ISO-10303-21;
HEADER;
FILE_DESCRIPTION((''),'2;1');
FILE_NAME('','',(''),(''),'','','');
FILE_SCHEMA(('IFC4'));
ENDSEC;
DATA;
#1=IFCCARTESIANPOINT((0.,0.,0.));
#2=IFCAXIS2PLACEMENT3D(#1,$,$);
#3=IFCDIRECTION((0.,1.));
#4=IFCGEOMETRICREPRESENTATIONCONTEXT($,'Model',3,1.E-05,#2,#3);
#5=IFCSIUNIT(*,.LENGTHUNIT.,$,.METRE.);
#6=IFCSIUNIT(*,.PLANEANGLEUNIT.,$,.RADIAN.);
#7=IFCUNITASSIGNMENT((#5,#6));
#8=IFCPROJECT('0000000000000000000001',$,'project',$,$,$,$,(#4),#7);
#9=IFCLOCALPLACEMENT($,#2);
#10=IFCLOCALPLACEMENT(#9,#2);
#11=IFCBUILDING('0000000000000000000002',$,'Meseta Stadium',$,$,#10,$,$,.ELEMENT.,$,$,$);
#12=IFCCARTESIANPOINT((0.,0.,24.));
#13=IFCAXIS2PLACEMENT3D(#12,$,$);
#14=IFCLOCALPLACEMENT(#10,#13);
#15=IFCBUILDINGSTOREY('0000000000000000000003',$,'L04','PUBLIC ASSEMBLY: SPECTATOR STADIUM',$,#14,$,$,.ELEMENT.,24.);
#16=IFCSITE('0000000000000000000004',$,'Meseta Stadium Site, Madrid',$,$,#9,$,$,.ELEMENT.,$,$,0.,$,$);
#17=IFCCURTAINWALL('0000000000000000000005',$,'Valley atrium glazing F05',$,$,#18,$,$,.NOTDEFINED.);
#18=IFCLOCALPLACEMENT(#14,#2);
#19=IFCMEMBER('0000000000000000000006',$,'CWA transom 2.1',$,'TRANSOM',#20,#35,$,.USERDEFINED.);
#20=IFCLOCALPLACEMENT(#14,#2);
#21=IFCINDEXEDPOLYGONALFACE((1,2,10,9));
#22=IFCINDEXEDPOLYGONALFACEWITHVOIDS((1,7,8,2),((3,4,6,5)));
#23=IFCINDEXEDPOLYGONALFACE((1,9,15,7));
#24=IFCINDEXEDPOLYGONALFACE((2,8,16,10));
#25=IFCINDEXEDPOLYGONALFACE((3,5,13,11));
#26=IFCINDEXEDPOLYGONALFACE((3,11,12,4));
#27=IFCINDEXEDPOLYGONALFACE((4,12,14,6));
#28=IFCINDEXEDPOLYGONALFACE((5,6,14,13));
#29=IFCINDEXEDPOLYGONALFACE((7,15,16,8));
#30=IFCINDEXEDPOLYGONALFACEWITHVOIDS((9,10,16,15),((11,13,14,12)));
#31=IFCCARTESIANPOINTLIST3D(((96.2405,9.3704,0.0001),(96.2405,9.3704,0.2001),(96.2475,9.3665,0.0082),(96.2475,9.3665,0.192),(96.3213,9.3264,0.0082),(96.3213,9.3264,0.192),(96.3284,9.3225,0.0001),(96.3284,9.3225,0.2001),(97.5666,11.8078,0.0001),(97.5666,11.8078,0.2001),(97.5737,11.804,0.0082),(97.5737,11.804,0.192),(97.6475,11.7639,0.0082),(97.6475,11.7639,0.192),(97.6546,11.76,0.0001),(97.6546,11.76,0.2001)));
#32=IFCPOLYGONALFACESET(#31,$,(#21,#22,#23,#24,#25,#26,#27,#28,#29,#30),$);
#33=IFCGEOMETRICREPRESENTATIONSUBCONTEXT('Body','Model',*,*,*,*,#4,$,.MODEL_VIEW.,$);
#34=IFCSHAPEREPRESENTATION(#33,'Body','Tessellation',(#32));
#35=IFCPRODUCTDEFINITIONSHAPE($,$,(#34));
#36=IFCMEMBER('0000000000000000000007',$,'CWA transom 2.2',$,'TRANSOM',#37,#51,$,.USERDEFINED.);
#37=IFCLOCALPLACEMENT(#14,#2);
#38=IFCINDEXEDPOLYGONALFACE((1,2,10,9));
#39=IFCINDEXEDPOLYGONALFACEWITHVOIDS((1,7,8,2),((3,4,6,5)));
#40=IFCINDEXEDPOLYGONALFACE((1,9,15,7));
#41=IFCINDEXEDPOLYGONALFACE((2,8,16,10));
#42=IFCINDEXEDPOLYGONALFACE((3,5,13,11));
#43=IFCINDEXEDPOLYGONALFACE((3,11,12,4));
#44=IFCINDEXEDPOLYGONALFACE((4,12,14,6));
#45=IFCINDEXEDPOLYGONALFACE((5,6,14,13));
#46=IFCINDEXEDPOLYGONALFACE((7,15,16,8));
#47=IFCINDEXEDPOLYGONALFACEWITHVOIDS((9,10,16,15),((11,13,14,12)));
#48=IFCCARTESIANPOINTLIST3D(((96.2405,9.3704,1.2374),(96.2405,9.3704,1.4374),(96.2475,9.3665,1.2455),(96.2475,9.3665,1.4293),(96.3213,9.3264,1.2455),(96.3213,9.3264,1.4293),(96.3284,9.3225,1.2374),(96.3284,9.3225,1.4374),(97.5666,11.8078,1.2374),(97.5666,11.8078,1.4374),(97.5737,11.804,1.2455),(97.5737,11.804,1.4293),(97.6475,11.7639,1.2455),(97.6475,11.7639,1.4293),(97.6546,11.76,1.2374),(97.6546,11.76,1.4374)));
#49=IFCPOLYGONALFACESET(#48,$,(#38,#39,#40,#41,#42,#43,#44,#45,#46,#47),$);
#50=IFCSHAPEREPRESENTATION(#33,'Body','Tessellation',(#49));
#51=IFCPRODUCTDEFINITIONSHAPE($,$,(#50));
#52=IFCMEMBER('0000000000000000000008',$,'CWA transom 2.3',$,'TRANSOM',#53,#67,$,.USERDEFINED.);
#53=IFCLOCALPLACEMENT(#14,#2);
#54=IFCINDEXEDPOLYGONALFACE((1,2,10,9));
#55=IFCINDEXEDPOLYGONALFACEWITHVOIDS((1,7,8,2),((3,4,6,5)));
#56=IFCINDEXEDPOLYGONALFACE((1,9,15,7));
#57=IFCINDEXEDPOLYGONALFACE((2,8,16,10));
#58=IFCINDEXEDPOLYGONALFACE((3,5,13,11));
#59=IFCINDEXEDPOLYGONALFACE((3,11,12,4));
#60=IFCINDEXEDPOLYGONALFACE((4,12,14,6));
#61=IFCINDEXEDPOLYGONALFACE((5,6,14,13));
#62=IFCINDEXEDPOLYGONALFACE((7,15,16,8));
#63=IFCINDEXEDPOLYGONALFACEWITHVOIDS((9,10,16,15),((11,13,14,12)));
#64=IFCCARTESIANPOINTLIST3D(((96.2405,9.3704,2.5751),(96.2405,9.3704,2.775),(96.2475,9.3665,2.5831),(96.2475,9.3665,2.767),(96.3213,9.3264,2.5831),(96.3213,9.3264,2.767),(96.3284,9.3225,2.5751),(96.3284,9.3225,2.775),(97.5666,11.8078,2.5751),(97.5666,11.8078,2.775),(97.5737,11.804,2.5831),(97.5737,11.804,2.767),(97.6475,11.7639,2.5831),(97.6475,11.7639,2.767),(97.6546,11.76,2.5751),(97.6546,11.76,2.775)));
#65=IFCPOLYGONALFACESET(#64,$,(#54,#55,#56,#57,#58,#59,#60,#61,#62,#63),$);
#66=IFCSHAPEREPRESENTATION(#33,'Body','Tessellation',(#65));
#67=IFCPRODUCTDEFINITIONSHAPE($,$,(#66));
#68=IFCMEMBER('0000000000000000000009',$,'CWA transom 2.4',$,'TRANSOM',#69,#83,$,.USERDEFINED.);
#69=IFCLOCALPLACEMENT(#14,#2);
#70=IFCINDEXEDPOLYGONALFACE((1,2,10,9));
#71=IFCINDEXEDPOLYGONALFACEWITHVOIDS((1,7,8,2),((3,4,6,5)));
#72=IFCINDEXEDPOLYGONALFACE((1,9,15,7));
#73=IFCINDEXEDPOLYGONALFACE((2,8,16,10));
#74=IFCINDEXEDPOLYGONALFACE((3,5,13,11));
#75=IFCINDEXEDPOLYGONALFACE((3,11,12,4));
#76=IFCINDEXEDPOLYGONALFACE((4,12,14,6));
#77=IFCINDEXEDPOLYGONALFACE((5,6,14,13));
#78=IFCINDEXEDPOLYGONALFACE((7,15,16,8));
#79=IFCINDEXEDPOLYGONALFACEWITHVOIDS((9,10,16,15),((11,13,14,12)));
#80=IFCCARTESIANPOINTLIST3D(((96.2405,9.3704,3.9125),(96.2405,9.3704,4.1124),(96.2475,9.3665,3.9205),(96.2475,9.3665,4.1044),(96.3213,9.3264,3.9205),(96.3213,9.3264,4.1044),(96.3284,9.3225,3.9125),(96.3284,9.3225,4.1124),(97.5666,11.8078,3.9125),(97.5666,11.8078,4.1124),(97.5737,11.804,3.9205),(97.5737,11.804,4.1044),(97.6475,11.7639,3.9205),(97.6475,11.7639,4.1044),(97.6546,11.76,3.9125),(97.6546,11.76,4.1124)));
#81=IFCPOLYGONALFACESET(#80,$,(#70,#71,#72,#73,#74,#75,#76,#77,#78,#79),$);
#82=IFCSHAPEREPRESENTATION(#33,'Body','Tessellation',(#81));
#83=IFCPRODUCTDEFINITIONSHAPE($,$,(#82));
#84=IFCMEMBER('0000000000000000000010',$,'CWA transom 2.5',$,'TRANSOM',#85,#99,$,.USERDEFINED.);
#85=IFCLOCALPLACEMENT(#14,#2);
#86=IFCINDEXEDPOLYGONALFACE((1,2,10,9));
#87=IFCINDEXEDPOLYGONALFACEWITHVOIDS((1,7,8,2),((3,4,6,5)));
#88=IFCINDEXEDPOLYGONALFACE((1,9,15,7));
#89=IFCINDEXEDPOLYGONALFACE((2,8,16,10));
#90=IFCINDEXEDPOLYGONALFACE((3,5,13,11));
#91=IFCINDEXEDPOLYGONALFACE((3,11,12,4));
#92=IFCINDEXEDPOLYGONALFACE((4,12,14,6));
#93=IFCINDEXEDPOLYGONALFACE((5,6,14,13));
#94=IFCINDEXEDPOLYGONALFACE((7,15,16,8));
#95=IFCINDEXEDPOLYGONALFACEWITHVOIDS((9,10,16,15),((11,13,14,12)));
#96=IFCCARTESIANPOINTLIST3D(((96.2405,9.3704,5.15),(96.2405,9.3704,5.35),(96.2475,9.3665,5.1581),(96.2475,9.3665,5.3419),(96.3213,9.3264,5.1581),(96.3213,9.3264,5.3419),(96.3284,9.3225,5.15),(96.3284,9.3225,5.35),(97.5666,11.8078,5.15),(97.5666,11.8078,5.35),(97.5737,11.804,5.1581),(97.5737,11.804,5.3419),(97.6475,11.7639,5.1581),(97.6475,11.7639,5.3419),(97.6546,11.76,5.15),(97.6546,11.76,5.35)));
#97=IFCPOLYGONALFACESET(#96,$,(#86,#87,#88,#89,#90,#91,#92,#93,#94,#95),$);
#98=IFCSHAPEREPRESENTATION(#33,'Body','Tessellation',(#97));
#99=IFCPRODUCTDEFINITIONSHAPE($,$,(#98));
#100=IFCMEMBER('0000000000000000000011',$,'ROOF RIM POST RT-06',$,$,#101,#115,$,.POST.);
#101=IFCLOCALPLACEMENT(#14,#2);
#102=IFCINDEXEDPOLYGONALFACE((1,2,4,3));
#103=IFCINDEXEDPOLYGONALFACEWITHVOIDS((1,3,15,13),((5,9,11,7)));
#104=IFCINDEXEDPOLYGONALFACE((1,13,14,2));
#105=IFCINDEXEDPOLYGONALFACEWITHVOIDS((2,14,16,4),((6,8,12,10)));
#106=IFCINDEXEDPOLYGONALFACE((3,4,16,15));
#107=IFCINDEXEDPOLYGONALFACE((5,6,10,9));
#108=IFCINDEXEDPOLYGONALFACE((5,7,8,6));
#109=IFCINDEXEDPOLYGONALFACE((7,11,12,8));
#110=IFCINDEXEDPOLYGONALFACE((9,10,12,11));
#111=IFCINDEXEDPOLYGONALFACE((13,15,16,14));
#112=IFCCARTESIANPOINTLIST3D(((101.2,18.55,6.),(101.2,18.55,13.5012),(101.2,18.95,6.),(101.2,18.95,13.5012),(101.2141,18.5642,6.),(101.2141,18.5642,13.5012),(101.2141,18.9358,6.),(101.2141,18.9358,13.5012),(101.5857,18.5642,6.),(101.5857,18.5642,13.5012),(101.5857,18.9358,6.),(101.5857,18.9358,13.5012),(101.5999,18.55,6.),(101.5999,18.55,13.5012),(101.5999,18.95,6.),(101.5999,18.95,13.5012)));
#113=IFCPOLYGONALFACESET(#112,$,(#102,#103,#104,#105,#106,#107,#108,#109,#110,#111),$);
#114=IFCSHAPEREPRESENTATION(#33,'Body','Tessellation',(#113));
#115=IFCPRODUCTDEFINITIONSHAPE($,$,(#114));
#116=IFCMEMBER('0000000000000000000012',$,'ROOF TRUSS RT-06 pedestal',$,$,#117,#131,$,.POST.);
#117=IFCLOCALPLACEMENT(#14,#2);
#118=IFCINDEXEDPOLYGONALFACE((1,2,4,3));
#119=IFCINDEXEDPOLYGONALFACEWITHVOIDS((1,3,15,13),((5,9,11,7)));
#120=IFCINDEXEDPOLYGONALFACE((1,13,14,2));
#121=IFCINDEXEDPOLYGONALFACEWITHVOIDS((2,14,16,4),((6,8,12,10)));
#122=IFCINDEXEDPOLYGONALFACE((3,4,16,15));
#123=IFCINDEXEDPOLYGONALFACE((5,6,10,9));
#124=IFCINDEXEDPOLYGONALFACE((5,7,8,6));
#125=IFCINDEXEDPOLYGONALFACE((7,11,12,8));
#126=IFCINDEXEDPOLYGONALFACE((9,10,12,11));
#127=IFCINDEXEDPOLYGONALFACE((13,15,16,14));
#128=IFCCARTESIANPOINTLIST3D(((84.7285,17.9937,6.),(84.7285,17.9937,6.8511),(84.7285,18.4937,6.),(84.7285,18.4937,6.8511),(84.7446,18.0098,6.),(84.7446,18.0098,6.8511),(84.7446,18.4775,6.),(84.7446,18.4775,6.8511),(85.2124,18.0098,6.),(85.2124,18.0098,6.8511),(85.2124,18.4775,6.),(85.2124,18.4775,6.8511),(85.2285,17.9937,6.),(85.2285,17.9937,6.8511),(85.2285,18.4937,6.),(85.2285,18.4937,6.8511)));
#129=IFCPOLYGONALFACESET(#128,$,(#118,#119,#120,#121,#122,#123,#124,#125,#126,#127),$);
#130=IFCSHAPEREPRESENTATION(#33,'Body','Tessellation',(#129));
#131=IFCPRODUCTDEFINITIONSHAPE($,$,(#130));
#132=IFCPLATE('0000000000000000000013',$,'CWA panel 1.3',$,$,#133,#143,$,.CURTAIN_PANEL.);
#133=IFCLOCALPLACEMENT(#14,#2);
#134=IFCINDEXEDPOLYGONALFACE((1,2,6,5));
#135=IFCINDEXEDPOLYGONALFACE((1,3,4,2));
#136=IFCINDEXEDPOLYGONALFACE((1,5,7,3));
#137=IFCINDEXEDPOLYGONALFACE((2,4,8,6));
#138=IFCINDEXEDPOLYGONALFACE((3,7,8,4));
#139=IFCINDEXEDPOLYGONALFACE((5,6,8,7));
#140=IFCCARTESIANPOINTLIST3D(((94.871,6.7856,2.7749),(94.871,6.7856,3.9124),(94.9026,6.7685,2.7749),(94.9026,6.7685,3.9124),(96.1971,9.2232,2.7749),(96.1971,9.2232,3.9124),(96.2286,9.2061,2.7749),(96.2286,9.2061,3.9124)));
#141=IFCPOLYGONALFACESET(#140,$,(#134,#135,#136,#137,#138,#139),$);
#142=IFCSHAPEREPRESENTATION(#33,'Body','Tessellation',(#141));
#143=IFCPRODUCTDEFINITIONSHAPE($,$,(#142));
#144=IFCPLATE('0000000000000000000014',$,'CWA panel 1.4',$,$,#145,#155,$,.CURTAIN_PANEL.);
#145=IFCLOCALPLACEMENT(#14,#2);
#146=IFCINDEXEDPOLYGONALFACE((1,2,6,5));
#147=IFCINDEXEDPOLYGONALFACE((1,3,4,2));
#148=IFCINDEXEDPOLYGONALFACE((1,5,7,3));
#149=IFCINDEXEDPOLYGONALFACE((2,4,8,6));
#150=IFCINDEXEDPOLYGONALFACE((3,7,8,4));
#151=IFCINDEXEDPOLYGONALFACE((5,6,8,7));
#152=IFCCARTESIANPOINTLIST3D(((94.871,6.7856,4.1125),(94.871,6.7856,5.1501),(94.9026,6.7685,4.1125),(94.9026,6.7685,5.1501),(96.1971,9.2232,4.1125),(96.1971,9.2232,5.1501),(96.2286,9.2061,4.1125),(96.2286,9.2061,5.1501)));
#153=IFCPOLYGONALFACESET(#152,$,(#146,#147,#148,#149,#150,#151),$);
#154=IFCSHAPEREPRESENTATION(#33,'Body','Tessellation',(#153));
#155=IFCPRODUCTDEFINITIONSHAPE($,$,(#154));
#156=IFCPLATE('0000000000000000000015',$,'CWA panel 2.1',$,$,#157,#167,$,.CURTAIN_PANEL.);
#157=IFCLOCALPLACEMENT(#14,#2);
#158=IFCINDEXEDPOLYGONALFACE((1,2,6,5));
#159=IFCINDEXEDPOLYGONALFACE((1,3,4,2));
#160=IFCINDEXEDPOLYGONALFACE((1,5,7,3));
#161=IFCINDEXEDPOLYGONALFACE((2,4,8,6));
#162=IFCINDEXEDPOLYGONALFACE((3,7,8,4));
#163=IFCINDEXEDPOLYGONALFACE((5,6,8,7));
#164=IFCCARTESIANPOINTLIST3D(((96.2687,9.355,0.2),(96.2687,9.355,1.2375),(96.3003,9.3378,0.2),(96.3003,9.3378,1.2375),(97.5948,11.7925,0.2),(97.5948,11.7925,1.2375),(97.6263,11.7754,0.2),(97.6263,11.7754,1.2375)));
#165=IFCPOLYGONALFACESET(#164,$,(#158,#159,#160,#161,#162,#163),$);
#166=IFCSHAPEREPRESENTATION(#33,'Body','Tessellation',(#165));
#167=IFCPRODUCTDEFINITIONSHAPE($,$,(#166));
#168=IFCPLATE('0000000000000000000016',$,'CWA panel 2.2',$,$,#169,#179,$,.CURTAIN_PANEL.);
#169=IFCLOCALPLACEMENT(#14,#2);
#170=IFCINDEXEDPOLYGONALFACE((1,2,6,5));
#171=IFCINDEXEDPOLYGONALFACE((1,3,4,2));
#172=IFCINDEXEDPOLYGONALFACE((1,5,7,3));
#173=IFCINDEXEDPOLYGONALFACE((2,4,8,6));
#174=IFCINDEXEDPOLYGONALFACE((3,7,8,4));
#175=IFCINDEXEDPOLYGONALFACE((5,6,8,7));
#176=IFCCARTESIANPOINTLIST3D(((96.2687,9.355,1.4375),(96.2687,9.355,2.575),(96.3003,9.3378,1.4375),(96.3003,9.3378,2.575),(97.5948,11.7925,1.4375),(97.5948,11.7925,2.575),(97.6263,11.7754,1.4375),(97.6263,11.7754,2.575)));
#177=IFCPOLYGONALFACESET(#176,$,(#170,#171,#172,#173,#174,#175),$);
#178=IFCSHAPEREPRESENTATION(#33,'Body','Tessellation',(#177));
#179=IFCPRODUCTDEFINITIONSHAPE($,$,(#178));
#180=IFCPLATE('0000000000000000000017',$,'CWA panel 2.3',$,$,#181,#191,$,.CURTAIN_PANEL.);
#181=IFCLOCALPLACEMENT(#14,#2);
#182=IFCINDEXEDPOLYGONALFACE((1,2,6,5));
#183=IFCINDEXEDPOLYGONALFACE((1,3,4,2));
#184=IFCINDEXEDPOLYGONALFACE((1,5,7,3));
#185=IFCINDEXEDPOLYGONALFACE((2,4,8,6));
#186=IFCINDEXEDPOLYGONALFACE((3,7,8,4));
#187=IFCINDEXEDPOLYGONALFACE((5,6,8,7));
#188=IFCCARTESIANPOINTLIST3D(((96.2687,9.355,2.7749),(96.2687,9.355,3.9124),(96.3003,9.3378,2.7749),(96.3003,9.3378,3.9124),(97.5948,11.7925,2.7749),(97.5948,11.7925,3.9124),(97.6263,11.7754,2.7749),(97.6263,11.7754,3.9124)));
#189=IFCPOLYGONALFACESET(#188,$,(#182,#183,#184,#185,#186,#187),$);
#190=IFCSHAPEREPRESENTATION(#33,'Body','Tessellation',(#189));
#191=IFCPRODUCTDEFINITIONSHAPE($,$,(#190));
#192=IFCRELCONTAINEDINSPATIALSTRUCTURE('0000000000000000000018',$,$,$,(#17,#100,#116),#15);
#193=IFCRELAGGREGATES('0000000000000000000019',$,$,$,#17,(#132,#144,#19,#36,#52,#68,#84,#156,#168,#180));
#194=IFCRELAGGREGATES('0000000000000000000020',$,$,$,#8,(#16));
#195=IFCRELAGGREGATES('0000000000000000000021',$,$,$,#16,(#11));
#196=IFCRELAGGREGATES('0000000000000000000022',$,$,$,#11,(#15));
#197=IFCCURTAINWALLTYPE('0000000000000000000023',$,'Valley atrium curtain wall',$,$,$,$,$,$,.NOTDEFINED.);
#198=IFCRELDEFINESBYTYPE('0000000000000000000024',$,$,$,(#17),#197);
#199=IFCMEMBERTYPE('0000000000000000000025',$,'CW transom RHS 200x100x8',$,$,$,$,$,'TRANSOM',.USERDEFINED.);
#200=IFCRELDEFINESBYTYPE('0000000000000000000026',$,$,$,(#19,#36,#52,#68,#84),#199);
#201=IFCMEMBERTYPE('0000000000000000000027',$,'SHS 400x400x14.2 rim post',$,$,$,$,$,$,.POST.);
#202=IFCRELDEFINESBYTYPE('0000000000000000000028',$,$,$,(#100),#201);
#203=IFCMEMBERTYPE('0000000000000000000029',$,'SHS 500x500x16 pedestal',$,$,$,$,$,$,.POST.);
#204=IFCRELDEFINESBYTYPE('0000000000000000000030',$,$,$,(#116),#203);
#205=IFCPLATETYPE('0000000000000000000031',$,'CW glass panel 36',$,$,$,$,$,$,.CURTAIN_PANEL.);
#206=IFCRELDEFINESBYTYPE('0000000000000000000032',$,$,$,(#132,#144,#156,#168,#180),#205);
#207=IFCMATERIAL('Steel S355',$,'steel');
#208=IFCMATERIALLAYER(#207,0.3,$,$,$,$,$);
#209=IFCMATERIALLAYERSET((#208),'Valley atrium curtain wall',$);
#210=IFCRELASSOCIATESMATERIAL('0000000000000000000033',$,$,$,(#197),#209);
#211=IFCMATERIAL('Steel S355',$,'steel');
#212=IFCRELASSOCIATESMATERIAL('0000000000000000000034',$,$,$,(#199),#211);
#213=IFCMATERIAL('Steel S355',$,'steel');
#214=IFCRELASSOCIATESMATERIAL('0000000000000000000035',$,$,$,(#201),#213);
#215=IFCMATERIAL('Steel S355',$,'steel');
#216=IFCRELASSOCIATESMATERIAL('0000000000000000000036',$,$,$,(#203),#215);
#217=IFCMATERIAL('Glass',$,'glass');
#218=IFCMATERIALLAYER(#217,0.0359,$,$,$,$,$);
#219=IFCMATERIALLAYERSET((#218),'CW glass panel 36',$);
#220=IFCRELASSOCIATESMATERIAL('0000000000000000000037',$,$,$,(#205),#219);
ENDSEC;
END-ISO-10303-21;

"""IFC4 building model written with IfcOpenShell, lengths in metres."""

from ifc_helpers import new_model, si_unit, direction, frame, origin, origin_2d, place, context, subcontext, project, spatial, rectangle, hollow_rectangle, extrude, material, layer, layer_set, material_profile, profile_set, type_object, element, aggregate, save


model = new_model("IFC4")

# Units and contexts
model_context = context("Model", 3, precision=1e-05, world=origin(), true_north=direction((0.0, 1.0)))
body_context = subcontext(model_context, "Body", "Model", "MODEL_VIEW")
ifc_project = project(units=[si_unit("LENGTHUNIT", "METRE"), si_unit("PLANEANGLEUNIT", "RADIAN")], contexts=[model_context])

# Site, building, storey
site_placement = place(None, origin())
site = spatial("IfcSite", under=ifc_project, at=site_placement, Name="Meseta Stadium Site, Madrid", CompositionType="ELEMENT", RefElevation=0.0)
building_placement = place(site_placement, origin())
building = spatial("IfcBuilding", under=site, at=building_placement, Name="Meseta Stadium", CompositionType="ELEMENT")
storey_placement = place(building_placement, frame((0.0, 0.0, 24.0)))
storey = spatial("IfcBuildingStorey", under=building, at=storey_placement, Name="L04", Description="PUBLIC ASSEMBLY: SPECTATOR STADIUM", CompositionType="ELEMENT", Elevation=24.0)

# Curtain wall, members
ifc_material_1 = material(Name="Steel S355", Category="steel")
ifc_layer_1 = layer(ifc_material_1, 0.3)
ifc_layer_set_1 = layer_set([ifc_layer_1], Name="Valley atrium curtain wall")
curtain_wall_type = type_object("IfcCurtainWallType", Name="Valley atrium curtain wall", PredefinedType="NOTDEFINED", material=ifc_layer_set_1)
curtain_wall_placement = place(storey_placement, origin())
curtain_wall = element("IfcCurtainWall", 1, at=curtain_wall_placement, inside=storey, type_object=curtain_wall_type, Name="Valley atrium glazing F05", PredefinedType="NOTDEFINED")
ifc_material_2 = material(Name="Steel S355", Category="steel")
ifc_material_profile_1 = material_profile(ifc_material_2, hollow_rectangle(XDim=0.1001, YDim=0.2, WallThickness=0.0081, at=origin_2d()), Name="RHS 200x100x8")
ifc_profile_set_1 = profile_set([ifc_material_profile_1], Name="Steel S355")
member_type_1 = type_object("IfcMemberType", Name="CW transom RHS 200x100x8", ElementType="TRANSOM", PredefinedType="USERDEFINED", material=ifc_profile_set_1)
member_1_placement = place(storey_placement, frame((96.2844, 9.3464, 0.1001), z_axis=(0.477915, 0.878406, 0.0), x_axis=(-0.878406, 0.477915, 0.0)))
member_1 = element("IfcMember", 2, at=member_1_placement, type_object=member_type_1, Name="CWA transom 2.1", ObjectType="TRANSOM", PredefinedType="USERDEFINED", context=body_context, shape_type="SweptSolid", body=[
    extrude(hollow_rectangle(XDim=0.1001, YDim=0.2, WallThickness=0.0081, at=origin_2d()), origin(), (0.0, 0.0, 1.0), 2.7749),
])
member_2_placement = place(storey_placement, frame((96.2844, 9.3464, 1.3374), z_axis=(0.477915, 0.878406, 0.0), x_axis=(-0.878406, 0.477915, 0.0)))
member_2 = element("IfcMember", 3, at=member_2_placement, type_object=member_type_1, Name="CWA transom 2.2", ObjectType="TRANSOM", PredefinedType="USERDEFINED", context=body_context, shape_type="SweptSolid", body=[
    extrude(hollow_rectangle(XDim=0.1001, YDim=0.2, WallThickness=0.0081, at=origin_2d()), origin(), (0.0, 0.0, 1.0), 2.7749),
])
member_3_placement = place(storey_placement, frame((96.2844, 9.3464, 2.675), z_axis=(0.477915, 0.878406, 0.0), x_axis=(-0.878406, 0.477915, 0.0)))
member_3 = element("IfcMember", 4, at=member_3_placement, type_object=member_type_1, Name="CWA transom 2.3", ObjectType="TRANSOM", PredefinedType="USERDEFINED", context=body_context, shape_type="SweptSolid", body=[
    extrude(hollow_rectangle(XDim=0.1001, YDim=0.2, WallThickness=0.0081, at=origin_2d()), origin(), (0.0, 0.0, 1.0), 2.7749),
])
member_4_placement = place(storey_placement, frame((96.2844, 9.3464, 4.0125), z_axis=(0.477915, 0.878406, 0.0), x_axis=(-0.878406, 0.477915, 0.0)))
member_4 = element("IfcMember", 5, at=member_4_placement, type_object=member_type_1, Name="CWA transom 2.4", ObjectType="TRANSOM", PredefinedType="USERDEFINED", context=body_context, shape_type="SweptSolid", body=[
    extrude(hollow_rectangle(XDim=0.1001, YDim=0.2, WallThickness=0.0081, at=origin_2d()), origin(), (0.0, 0.0, 1.0), 2.7749),
])
member_5_placement = place(storey_placement, frame((96.2844, 9.3464, 5.25), z_axis=(0.477915, 0.878406, 0.0), x_axis=(-0.878406, 0.477915, 0.0)))
member_5 = element("IfcMember", 6, at=member_5_placement, type_object=member_type_1, Name="CWA transom 2.5", ObjectType="TRANSOM", PredefinedType="USERDEFINED", context=body_context, shape_type="SweptSolid", body=[
    extrude(hollow_rectangle(XDim=0.1001, YDim=0.2, WallThickness=0.0081, at=origin_2d()), origin(), (0.0, 0.0, 1.0), 2.7749),
])

# Members
ifc_material_3 = material(Name="Steel S355", Category="steel")
ifc_material_profile_2 = material_profile(ifc_material_3, hollow_rectangle(XDim=0.3999, YDim=0.3999, WallThickness=0.0142, at=origin_2d()), Name="SHS 400x400x14.2")
ifc_profile_set_2 = profile_set([ifc_material_profile_2], Name="Steel S355")
member_type_2 = type_object("IfcMemberType", Name="SHS 400x400x14.2 rim post", PredefinedType="POST", material=ifc_profile_set_2)
member_6_placement = place(storey_placement, frame((101.3999, 18.75, 6.0), z_axis=(0.0, 0.0, 1.0), x_axis=(1.0, 0.0, 0.0)))
element("IfcMember", 7, at=member_6_placement, inside=storey, type_object=member_type_2, Name="ROOF RIM POST RT-06", PredefinedType="POST", context=body_context, shape_type="SweptSolid", body=[
    extrude(hollow_rectangle(XDim=0.3999, YDim=0.3999, WallThickness=0.0142, at=origin_2d()), origin(), (0.0, 0.0, 1.0), 7.5012),
])
ifc_material_4 = material(Name="Steel S355", Category="steel")
ifc_material_profile_3 = material_profile(ifc_material_4, hollow_rectangle(XDim=0.5, YDim=0.5, WallThickness=0.0161, at=origin_2d()), Name="SHS 500x500x16")
ifc_profile_set_3 = profile_set([ifc_material_profile_3], Name="Steel S355")
member_type_3 = type_object("IfcMemberType", Name="SHS 500x500x16 pedestal", PredefinedType="POST", material=ifc_profile_set_3)
member_7_placement = place(storey_placement, frame((84.9785, 18.2437, 6.0), z_axis=(0.0, 0.0, 1.0), x_axis=(1.0, 0.0, 0.0)))
element("IfcMember", 8, at=member_7_placement, inside=storey, type_object=member_type_3, Name="ROOF TRUSS RT-06 pedestal", PredefinedType="POST", context=body_context, shape_type="SweptSolid", body=[
    extrude(hollow_rectangle(XDim=0.5, YDim=0.5, WallThickness=0.0161, at=origin_2d()), origin(), (0.0, 0.0, 1.0), 0.8511),
])

# Plates
ifc_material_5 = material(Name="Glass", Category="glass")
ifc_layer_2 = layer(ifc_material_5, 0.0359)
ifc_layer_set_2 = layer_set([ifc_layer_2], Name="CW glass panel 36")
plate_type_1 = type_object("IfcPlateType", Name="CW glass panel 36", PredefinedType="CURTAIN_PANEL", material=ifc_layer_set_2)
plate_1_placement = place(storey_placement, frame((95.5498, 7.9958, 2.7749), z_axis=(0.0, 0.0, 1.0), x_axis=(0.477867, 0.878432, 0.0)))
plate_1 = element("IfcPlate", 9, at=plate_1_placement, type_object=plate_type_1, Name="CWA panel 1.3", PredefinedType="CURTAIN_PANEL", context=body_context, shape_type="SweptSolid", body=[
    extrude(rectangle(XDim=2.7749, YDim=0.0359, at=origin_2d()), origin(), (0.0, 0.0, 1.0), 1.1375),
])
plate_2_placement = place(storey_placement, frame((95.5498, 7.9958, 4.1125), z_axis=(0.0, 0.0, 1.0), x_axis=(0.477867, 0.878432, 0.0)))
plate_2 = element("IfcPlate", 10, at=plate_2_placement, type_object=plate_type_1, Name="CWA panel 1.4", PredefinedType="CURTAIN_PANEL", context=body_context, shape_type="SweptSolid", body=[
    extrude(rectangle(XDim=2.7749, YDim=0.0359, at=origin_2d()), origin(), (0.0, 0.0, 1.0), 1.0376),
])
plate_3_placement = place(storey_placement, frame((96.9475, 10.5652, 0.2), z_axis=(0.0, 0.0, 1.0), x_axis=(0.477867, 0.878432, 0.0)))
plate_3 = element("IfcPlate", 11, at=plate_3_placement, type_object=plate_type_1, Name="CWA panel 2.1", PredefinedType="CURTAIN_PANEL", context=body_context, shape_type="SweptSolid", body=[
    extrude(rectangle(XDim=2.7749, YDim=0.0359, at=origin_2d()), origin(), (0.0, 0.0, 1.0), 1.0376),
])
plate_4_placement = place(storey_placement, frame((96.9475, 10.5652, 1.4375), z_axis=(0.0, 0.0, 1.0), x_axis=(0.477867, 0.878432, 0.0)))
plate_4 = element("IfcPlate", 12, at=plate_4_placement, type_object=plate_type_1, Name="CWA panel 2.2", PredefinedType="CURTAIN_PANEL", context=body_context, shape_type="SweptSolid", body=[
    extrude(rectangle(XDim=2.7749, YDim=0.0359, at=origin_2d()), origin(), (0.0, 0.0, 1.0), 1.1375),
])
plate_5_placement = place(storey_placement, frame((96.9475, 10.5652, 2.7749), z_axis=(0.0, 0.0, 1.0), x_axis=(0.477867, 0.878432, 0.0)))
plate_5 = element("IfcPlate", 13, at=plate_5_placement, type_object=plate_type_1, Name="CWA panel 2.3", PredefinedType="CURTAIN_PANEL", context=body_context, shape_type="SweptSolid", body=[
    extrude(rectangle(XDim=2.7749, YDim=0.0359, at=origin_2d()), origin(), (0.0, 0.0, 1.0), 1.1375),
])
aggregate(curtain_wall, [plate_1, plate_2, member_1, member_2, member_3, member_4, member_5, plate_3, plate_4, plate_5])

save(model, "model.ifc")
